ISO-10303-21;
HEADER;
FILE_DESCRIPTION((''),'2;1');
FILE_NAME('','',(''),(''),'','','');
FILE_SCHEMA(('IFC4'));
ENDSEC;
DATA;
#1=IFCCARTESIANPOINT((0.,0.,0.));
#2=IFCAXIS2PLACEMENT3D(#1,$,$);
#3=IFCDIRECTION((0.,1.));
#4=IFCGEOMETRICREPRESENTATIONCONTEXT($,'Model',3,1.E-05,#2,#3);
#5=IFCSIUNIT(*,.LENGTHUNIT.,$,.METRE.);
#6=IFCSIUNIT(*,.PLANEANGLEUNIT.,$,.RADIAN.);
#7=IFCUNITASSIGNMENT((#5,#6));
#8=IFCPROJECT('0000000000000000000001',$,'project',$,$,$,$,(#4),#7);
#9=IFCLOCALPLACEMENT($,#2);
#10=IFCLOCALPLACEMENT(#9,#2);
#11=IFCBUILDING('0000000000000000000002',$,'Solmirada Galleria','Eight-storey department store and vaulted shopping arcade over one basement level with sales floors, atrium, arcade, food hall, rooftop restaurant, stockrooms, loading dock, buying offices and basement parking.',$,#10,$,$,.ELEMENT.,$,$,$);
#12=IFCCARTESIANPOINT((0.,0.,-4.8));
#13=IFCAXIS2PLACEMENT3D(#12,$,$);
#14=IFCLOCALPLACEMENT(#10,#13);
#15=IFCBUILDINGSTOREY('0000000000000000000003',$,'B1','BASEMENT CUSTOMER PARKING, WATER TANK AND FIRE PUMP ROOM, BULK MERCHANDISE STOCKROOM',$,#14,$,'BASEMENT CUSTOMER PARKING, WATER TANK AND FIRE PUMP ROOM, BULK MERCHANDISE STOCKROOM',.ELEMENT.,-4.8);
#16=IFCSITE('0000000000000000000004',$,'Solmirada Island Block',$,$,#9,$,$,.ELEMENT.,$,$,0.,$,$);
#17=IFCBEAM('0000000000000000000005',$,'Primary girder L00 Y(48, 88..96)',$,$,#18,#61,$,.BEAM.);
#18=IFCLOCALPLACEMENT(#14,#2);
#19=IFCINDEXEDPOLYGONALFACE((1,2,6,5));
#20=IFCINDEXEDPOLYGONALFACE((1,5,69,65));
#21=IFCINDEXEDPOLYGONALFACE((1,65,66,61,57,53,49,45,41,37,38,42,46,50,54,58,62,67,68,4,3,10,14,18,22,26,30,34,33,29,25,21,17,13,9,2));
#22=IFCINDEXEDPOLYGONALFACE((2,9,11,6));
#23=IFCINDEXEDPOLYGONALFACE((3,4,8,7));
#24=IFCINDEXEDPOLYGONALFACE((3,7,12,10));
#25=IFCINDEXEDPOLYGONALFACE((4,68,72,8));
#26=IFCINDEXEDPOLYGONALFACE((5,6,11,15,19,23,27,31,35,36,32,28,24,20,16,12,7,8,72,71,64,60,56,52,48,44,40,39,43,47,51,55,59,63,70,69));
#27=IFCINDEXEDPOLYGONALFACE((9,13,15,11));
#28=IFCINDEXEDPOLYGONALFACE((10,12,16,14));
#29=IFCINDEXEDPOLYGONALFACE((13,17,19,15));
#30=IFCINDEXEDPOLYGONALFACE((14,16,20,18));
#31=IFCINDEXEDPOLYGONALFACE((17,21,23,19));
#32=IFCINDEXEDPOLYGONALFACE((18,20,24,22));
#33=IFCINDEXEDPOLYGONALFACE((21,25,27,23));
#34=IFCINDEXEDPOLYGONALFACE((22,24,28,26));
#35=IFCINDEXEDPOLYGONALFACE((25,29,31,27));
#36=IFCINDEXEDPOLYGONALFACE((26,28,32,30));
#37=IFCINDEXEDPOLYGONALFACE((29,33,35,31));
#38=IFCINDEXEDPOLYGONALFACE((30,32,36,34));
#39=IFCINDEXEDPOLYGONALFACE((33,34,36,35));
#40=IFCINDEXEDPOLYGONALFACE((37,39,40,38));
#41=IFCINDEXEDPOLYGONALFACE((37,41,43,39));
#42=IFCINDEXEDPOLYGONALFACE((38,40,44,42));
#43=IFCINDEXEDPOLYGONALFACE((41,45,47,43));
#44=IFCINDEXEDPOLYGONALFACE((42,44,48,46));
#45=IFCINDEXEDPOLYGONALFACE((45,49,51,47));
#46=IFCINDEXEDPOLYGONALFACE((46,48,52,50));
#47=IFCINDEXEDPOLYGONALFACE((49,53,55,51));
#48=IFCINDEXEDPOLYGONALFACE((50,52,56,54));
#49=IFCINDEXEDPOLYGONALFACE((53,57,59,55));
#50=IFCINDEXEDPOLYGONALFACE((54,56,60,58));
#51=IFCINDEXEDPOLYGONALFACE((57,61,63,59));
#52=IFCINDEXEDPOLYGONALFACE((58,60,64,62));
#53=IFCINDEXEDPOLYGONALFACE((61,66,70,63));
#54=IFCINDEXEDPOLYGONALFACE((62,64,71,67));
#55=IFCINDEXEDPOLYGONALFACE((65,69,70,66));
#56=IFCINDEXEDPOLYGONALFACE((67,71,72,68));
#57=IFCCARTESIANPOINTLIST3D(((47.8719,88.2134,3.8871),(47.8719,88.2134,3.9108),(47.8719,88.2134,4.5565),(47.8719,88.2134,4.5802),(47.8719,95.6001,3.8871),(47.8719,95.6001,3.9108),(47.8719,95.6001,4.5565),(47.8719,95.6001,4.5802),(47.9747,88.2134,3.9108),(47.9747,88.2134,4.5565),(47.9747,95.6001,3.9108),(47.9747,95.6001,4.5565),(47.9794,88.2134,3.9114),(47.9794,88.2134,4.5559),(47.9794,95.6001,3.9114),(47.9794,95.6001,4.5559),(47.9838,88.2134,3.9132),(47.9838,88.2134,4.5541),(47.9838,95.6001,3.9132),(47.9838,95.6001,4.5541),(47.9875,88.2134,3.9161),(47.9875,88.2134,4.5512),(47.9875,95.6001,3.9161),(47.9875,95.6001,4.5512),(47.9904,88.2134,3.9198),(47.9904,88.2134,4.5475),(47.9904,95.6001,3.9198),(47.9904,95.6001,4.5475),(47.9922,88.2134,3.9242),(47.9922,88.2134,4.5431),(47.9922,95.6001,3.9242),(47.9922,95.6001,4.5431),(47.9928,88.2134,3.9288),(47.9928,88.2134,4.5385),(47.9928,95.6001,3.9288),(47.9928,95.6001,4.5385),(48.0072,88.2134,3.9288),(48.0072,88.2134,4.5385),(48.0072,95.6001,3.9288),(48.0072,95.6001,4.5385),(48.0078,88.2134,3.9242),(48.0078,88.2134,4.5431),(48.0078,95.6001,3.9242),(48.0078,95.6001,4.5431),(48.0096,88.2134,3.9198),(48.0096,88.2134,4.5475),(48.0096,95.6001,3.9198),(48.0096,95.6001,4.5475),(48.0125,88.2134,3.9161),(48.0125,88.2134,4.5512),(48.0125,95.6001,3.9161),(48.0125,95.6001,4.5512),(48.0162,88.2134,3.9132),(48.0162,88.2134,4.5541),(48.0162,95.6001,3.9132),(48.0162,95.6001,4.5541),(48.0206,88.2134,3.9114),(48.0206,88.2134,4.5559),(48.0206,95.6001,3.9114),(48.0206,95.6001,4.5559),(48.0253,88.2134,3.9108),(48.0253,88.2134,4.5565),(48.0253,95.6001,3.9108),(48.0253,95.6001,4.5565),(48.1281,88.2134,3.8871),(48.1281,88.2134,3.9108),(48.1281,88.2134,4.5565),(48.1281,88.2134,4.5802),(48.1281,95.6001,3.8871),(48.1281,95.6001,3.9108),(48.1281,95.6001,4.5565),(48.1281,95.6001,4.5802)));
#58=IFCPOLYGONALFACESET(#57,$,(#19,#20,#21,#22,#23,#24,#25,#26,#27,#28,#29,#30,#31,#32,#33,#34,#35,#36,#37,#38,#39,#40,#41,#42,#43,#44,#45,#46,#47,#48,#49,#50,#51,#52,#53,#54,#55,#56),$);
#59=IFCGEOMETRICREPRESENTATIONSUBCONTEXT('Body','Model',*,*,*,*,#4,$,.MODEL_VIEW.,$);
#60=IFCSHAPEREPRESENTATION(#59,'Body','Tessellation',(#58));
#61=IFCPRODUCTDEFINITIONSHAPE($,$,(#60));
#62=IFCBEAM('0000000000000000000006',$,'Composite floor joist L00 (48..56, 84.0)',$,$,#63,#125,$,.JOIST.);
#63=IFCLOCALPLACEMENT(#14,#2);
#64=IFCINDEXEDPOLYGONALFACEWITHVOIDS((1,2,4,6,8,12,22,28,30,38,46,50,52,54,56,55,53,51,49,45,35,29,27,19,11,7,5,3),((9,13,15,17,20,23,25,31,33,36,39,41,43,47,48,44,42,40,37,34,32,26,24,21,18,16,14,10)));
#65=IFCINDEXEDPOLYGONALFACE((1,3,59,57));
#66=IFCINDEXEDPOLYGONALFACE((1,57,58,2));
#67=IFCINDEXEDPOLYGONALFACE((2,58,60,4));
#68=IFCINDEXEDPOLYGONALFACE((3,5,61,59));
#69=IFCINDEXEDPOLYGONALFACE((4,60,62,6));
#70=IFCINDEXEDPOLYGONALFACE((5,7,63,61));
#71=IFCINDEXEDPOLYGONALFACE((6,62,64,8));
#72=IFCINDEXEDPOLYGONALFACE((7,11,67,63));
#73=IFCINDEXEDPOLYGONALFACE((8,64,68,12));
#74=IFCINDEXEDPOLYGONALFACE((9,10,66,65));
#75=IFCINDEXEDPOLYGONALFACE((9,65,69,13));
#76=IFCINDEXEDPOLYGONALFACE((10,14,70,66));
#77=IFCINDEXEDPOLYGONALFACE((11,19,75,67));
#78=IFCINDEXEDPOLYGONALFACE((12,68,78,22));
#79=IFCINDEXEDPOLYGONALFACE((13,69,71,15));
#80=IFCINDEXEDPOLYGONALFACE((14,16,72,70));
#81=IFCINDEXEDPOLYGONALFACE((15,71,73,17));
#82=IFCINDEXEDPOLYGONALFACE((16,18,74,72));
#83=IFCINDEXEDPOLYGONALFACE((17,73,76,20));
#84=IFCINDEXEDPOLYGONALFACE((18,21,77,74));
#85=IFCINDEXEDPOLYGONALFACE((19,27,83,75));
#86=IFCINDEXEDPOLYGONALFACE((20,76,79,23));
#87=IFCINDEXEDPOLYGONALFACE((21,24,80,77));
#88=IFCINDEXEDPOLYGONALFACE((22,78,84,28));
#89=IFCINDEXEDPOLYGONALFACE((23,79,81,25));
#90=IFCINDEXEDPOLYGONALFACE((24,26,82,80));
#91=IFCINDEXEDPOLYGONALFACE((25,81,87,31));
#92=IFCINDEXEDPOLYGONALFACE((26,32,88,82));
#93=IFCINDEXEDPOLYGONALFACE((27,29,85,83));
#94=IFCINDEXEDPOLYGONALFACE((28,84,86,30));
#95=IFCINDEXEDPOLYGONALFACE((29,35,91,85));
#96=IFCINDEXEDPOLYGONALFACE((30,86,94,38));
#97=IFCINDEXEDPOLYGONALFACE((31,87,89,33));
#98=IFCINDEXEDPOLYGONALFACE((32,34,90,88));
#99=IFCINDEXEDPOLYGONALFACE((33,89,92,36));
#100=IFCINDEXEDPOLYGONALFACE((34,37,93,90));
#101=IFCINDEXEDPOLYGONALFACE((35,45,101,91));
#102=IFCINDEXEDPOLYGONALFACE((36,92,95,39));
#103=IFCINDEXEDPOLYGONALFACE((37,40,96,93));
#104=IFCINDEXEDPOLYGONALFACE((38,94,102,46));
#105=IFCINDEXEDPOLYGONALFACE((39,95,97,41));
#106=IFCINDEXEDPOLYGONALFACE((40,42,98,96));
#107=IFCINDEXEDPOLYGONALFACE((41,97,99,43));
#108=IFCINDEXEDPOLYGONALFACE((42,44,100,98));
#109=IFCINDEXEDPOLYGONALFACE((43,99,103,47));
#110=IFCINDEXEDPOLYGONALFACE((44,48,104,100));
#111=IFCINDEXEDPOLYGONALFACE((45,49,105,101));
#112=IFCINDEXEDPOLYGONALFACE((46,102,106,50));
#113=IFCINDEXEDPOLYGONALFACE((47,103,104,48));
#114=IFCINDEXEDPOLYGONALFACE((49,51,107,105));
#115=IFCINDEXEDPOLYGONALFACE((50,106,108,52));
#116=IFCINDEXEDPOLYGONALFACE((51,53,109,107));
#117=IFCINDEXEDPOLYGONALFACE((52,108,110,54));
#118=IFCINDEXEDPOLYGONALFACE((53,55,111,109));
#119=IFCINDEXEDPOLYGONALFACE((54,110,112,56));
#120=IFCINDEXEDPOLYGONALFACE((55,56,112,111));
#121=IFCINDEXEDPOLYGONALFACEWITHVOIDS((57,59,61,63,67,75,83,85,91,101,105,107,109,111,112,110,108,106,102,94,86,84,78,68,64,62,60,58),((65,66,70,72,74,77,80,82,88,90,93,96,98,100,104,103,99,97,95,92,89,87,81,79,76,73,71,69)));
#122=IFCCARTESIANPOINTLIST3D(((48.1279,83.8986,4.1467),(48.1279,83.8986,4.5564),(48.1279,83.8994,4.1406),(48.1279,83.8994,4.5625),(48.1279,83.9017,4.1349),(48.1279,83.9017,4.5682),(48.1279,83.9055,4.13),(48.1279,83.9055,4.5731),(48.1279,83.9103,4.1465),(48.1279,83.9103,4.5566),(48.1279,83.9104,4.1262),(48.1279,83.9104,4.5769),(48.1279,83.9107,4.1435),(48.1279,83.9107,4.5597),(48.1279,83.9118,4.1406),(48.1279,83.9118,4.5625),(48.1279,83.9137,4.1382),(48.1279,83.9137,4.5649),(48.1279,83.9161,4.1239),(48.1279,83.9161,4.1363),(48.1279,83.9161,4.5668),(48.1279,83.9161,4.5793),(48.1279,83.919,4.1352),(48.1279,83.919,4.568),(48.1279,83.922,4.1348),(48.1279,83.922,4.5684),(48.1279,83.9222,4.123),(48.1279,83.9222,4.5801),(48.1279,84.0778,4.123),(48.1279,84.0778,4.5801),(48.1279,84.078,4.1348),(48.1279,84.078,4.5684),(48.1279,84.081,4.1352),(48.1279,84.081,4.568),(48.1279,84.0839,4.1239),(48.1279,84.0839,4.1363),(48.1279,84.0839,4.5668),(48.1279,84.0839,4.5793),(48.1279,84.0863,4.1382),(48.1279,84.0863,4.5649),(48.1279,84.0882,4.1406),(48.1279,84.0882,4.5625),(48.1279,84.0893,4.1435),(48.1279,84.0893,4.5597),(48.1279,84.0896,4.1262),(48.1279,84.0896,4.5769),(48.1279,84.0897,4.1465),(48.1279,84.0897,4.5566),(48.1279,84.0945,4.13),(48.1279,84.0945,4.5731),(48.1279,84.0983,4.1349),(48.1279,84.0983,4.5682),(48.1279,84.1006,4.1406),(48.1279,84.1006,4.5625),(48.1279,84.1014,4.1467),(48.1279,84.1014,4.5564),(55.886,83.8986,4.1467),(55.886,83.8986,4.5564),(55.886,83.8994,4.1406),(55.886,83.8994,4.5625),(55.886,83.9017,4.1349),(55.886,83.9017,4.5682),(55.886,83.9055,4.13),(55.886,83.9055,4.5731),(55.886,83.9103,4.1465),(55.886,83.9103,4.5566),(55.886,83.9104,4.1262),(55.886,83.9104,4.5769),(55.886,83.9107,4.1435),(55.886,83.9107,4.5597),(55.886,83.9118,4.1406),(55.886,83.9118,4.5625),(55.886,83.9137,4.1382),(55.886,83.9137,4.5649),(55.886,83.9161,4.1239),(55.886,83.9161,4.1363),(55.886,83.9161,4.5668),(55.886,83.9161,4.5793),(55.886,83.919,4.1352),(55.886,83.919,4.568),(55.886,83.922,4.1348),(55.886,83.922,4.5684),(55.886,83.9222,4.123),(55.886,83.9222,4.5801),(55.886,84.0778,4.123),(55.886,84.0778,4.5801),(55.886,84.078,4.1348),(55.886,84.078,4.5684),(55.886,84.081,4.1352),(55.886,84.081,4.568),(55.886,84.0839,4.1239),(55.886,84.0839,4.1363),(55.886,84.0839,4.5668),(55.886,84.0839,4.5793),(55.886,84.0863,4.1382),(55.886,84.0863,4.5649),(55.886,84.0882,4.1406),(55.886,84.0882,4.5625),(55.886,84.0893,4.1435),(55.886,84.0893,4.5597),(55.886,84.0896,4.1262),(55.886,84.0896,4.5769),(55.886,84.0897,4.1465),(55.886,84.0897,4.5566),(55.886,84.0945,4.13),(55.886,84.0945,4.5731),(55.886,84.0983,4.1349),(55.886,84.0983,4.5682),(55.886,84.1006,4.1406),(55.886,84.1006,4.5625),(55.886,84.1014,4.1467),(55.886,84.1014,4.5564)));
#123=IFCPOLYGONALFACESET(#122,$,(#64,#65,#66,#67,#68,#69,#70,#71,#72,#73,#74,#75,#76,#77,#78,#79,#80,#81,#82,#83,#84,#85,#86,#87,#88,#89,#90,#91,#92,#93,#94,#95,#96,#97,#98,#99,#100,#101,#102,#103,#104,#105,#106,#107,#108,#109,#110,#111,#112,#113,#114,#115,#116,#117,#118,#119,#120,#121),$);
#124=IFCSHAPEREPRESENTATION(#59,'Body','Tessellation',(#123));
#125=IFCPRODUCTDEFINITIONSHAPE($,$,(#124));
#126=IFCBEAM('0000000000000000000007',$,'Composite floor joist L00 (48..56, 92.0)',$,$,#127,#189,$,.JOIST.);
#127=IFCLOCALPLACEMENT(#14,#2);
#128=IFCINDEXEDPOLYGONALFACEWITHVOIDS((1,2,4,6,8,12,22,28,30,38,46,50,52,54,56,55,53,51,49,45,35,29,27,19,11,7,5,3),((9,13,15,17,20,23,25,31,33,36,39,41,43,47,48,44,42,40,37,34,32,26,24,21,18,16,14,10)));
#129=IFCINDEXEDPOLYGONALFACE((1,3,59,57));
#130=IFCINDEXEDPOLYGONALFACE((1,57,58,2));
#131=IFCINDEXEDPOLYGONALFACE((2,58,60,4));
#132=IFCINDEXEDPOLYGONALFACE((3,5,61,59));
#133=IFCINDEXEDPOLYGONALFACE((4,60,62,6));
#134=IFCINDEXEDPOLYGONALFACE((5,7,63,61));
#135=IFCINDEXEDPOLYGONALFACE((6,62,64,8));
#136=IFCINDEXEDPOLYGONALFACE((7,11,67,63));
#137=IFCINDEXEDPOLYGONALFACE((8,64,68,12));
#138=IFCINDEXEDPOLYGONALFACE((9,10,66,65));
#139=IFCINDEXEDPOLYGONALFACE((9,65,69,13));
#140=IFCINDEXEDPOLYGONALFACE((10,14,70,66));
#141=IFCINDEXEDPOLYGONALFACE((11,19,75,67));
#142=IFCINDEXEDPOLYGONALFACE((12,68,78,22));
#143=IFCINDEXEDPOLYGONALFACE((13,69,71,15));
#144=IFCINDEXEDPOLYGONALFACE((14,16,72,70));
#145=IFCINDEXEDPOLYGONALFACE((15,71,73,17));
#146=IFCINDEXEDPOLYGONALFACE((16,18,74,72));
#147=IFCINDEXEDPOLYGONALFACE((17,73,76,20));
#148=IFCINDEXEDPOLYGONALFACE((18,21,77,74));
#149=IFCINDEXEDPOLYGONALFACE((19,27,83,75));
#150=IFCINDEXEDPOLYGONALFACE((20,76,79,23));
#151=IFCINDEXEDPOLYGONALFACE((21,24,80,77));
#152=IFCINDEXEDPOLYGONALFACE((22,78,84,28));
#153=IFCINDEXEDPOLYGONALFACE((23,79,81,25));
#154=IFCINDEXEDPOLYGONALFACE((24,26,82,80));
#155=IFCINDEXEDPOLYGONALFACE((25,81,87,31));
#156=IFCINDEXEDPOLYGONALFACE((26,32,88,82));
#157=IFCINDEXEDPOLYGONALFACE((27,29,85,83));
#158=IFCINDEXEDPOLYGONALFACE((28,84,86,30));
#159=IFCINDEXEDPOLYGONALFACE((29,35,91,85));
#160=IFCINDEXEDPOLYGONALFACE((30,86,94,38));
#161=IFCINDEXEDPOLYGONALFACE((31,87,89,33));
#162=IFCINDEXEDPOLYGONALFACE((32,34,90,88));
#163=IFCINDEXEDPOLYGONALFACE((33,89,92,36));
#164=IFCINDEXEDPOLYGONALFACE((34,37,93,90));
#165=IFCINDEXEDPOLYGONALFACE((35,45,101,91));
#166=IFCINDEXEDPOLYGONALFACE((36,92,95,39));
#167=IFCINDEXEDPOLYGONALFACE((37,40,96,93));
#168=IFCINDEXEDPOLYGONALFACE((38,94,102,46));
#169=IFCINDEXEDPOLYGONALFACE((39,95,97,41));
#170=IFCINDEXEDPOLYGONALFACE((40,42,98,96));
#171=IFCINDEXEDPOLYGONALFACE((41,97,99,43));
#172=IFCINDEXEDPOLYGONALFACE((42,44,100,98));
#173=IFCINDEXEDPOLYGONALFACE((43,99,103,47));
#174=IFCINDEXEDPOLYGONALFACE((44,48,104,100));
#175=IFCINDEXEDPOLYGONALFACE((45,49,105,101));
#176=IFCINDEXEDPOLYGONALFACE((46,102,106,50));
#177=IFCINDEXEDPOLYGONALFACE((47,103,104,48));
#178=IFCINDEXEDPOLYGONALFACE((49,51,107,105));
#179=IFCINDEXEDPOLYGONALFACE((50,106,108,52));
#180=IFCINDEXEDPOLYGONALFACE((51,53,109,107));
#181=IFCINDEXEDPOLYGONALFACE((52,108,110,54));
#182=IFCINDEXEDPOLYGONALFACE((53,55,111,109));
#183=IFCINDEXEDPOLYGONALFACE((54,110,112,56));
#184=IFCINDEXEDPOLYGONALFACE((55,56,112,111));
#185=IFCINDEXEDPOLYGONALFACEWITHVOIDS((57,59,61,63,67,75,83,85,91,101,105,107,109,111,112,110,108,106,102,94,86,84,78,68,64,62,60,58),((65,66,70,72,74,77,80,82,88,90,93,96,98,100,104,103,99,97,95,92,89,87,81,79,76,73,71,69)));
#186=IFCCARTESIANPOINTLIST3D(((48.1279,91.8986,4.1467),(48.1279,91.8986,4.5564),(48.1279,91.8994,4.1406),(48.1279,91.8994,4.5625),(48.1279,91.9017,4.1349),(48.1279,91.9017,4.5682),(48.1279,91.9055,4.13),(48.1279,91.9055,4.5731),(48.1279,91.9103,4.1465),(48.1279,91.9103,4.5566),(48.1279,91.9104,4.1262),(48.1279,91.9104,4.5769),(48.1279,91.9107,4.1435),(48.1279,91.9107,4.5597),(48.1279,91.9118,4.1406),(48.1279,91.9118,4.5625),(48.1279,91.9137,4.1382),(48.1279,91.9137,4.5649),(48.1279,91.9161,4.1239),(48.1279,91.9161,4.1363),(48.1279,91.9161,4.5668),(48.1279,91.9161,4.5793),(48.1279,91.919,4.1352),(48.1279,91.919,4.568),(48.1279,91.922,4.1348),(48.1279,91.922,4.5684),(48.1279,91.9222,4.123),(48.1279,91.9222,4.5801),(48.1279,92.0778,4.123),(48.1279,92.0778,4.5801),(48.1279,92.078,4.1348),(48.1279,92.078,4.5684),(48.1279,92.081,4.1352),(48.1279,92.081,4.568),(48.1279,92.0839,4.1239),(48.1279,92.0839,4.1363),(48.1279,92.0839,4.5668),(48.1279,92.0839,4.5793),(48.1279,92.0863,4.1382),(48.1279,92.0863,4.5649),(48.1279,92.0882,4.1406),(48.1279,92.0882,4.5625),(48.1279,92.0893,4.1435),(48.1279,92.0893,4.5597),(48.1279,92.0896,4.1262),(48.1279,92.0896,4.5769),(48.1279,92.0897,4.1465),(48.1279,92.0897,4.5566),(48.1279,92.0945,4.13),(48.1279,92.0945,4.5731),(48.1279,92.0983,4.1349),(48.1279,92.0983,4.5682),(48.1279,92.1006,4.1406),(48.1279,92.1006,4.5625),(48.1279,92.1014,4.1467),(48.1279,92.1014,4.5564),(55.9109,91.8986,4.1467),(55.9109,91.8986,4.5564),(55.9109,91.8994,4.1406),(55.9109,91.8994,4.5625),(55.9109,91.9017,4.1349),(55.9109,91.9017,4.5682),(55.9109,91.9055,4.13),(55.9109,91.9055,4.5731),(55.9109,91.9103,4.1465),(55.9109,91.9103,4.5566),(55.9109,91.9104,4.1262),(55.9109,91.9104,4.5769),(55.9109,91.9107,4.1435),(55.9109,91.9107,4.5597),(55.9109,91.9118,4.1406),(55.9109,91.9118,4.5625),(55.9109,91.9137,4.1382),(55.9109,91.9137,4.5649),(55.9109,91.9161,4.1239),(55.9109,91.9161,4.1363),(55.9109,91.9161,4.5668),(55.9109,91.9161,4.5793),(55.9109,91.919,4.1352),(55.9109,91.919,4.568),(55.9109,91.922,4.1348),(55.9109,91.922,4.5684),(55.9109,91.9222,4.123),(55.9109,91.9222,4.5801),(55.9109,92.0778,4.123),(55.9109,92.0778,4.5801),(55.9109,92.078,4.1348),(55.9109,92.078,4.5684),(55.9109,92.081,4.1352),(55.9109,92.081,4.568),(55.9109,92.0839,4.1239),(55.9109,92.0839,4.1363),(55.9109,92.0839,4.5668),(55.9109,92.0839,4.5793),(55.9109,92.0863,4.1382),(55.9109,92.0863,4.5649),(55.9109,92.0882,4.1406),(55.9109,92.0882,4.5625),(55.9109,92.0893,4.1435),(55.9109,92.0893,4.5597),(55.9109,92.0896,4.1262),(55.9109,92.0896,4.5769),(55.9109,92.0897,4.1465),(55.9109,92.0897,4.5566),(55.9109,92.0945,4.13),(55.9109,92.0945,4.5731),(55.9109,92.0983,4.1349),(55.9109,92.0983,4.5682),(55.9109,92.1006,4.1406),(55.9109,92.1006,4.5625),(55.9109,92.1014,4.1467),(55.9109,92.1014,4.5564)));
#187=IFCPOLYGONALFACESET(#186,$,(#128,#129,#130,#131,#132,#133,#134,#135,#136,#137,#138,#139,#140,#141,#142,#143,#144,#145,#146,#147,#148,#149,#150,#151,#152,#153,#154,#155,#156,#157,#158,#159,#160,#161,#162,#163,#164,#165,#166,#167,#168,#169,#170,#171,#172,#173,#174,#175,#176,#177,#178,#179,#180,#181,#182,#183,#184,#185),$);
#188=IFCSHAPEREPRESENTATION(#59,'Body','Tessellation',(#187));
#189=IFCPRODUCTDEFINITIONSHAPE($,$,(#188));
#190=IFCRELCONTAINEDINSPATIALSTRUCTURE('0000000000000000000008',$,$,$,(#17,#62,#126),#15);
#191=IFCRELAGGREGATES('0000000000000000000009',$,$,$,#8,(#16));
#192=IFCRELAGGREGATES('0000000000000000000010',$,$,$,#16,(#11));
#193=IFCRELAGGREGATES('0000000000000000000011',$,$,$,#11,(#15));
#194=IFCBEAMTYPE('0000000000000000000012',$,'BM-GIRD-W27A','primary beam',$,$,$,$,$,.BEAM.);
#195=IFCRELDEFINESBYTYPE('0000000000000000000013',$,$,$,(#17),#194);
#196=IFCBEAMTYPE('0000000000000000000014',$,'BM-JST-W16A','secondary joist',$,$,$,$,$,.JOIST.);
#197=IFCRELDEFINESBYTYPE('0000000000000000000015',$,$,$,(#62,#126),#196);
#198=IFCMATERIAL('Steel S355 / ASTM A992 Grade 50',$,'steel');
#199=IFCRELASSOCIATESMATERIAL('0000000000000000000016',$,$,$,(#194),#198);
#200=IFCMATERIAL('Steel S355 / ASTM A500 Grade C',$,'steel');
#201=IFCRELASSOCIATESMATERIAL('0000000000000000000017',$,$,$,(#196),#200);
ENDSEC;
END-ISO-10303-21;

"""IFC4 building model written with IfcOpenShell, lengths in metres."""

from ifc_helpers import new_model, si_unit, direction, frame, origin, origin_2d, place, context, subcontext, project, spatial, hollow_rectangle, i_section, extrude, material, material_profile, profile_set, type_object, element, save


model = new_model("IFC4")

# Units and contexts
model_context = context("Model", 3, precision=1e-05, world=origin(), true_north=direction((0.0, 1.0)))
body_context = subcontext(model_context, "Body", "Model", "MODEL_VIEW")
ifc_project = project(units=[si_unit("LENGTHUNIT", "METRE"), si_unit("PLANEANGLEUNIT", "RADIAN")], contexts=[model_context])

# Site, building, storey
site_placement = place(None, origin())
site = spatial("IfcSite", under=ifc_project, at=site_placement, Name="Solmirada Island Block", CompositionType="ELEMENT", RefElevation=0.0)
building_placement = place(site_placement, origin())
building = spatial("IfcBuilding", under=site, at=building_placement, Name="Solmirada Galleria", Description="Eight-storey department store and vaulted shopping arcade over one basement level with sales floors, atrium, arcade, food hall, rooftop restaurant, stockrooms, loading dock, buying offices and basement parking.", CompositionType="ELEMENT")
storey_placement = place(building_placement, frame((0.0, 0.0, -4.8)))
storey = spatial("IfcBuildingStorey", under=building, at=storey_placement, Name="B1", Description="BASEMENT CUSTOMER PARKING, WATER TANK AND FIRE PUMP ROOM, BULK MERCHANDISE STOCKROOM", LongName="BASEMENT CUSTOMER PARKING, WATER TANK AND FIRE PUMP ROOM, BULK MERCHANDISE STOCKROOM", CompositionType="ELEMENT", Elevation=-4.8)

# Shared definitions
ifc_material_1 = material(Name="Steel S355 / ASTM A500 Grade C", Category="steel")

# Beams
ifc_material_2 = material(Name="Steel S355 / ASTM A992 Grade 50", Category="steel")
ifc_material_profile_1 = material_profile(ifc_material_2, i_section(OverallWidth=0.2561, OverallDepth=0.6931, WebThickness=0.0144, FlangeThickness=0.0237, FilletRadius=0.0181, at=origin_2d()), Name="W27X114")
ifc_profile_set_1 = profile_set([ifc_material_profile_1], Name="Steel S355 / ASTM A992 Grade 50")
beam_type_1 = type_object("IfcBeamType", Name="BM-GIRD-W27A", Description="primary beam", PredefinedType="BEAM", material=ifc_profile_set_1)
beam_1_placement = place(storey_placement, frame((48.0, 88.2134, 4.2336), z_axis=(0.0, 1.0, 0.0), x_axis=(-1.0, 0.0, 0.0)))
element("IfcBeam", 1, at=beam_1_placement, inside=storey, type_object=beam_type_1, Name="Primary girder L00 Y(48, 88..96)", PredefinedType="BEAM", context=body_context, shape_type="SweptSolid", body=[
    extrude(i_section(OverallWidth=0.2561, OverallDepth=0.6931, WebThickness=0.0144, FlangeThickness=0.0237, FilletRadius=0.0181, at=origin_2d()), origin(), (0.0, 0.0, 1.0), 7.3867),
])
ifc_material_profile_2 = material_profile(ifc_material_1, hollow_rectangle(XDim=0.2029, YDim=0.457, WallThickness=0.0117, InnerFilletRadius=0.0117, OuterFilletRadius=0.0237, at=origin_2d()), Name="HSS18X8X1/2")
ifc_profile_set_2 = profile_set([ifc_material_profile_2], Name="Steel S355 / ASTM A500 Grade C")
beam_type_2 = type_object("IfcBeamType", Name="BM-JST-W16A", Description="secondary joist", PredefinedType="JOIST", material=ifc_profile_set_2)
beam_2_placement = place(storey_placement, frame((48.1279, 84.0, 4.3516), z_axis=(1.0, 0.0, 0.0), x_axis=(0.0, 1.0, 0.0)))
element("IfcBeam", 2, at=beam_2_placement, inside=storey, type_object=beam_type_2, Name="Composite floor joist L00 (48..56, 84.0)", PredefinedType="JOIST", context=body_context, shape_type="SweptSolid", body=[
    extrude(hollow_rectangle(XDim=0.2029, YDim=0.457, WallThickness=0.0117, InnerFilletRadius=0.0117, OuterFilletRadius=0.0237, at=origin_2d()), origin(), (0.0, 0.0, 1.0), 7.7581),
])
beam_3_placement = place(storey_placement, frame((48.1279, 92.0, 4.3516), z_axis=(1.0, 0.0, 0.0), x_axis=(0.0, 1.0, 0.0)))
element("IfcBeam", 3, at=beam_3_placement, inside=storey, type_object=beam_type_2, Name="Composite floor joist L00 (48..56, 92.0)", PredefinedType="JOIST", context=body_context, shape_type="SweptSolid", body=[
    extrude(hollow_rectangle(XDim=0.2029, YDim=0.457, WallThickness=0.0117, InnerFilletRadius=0.0117, OuterFilletRadius=0.0237, at=origin_2d()), origin(), (0.0, 0.0, 1.0), 7.783),
])

save(model, "model.ifc")
